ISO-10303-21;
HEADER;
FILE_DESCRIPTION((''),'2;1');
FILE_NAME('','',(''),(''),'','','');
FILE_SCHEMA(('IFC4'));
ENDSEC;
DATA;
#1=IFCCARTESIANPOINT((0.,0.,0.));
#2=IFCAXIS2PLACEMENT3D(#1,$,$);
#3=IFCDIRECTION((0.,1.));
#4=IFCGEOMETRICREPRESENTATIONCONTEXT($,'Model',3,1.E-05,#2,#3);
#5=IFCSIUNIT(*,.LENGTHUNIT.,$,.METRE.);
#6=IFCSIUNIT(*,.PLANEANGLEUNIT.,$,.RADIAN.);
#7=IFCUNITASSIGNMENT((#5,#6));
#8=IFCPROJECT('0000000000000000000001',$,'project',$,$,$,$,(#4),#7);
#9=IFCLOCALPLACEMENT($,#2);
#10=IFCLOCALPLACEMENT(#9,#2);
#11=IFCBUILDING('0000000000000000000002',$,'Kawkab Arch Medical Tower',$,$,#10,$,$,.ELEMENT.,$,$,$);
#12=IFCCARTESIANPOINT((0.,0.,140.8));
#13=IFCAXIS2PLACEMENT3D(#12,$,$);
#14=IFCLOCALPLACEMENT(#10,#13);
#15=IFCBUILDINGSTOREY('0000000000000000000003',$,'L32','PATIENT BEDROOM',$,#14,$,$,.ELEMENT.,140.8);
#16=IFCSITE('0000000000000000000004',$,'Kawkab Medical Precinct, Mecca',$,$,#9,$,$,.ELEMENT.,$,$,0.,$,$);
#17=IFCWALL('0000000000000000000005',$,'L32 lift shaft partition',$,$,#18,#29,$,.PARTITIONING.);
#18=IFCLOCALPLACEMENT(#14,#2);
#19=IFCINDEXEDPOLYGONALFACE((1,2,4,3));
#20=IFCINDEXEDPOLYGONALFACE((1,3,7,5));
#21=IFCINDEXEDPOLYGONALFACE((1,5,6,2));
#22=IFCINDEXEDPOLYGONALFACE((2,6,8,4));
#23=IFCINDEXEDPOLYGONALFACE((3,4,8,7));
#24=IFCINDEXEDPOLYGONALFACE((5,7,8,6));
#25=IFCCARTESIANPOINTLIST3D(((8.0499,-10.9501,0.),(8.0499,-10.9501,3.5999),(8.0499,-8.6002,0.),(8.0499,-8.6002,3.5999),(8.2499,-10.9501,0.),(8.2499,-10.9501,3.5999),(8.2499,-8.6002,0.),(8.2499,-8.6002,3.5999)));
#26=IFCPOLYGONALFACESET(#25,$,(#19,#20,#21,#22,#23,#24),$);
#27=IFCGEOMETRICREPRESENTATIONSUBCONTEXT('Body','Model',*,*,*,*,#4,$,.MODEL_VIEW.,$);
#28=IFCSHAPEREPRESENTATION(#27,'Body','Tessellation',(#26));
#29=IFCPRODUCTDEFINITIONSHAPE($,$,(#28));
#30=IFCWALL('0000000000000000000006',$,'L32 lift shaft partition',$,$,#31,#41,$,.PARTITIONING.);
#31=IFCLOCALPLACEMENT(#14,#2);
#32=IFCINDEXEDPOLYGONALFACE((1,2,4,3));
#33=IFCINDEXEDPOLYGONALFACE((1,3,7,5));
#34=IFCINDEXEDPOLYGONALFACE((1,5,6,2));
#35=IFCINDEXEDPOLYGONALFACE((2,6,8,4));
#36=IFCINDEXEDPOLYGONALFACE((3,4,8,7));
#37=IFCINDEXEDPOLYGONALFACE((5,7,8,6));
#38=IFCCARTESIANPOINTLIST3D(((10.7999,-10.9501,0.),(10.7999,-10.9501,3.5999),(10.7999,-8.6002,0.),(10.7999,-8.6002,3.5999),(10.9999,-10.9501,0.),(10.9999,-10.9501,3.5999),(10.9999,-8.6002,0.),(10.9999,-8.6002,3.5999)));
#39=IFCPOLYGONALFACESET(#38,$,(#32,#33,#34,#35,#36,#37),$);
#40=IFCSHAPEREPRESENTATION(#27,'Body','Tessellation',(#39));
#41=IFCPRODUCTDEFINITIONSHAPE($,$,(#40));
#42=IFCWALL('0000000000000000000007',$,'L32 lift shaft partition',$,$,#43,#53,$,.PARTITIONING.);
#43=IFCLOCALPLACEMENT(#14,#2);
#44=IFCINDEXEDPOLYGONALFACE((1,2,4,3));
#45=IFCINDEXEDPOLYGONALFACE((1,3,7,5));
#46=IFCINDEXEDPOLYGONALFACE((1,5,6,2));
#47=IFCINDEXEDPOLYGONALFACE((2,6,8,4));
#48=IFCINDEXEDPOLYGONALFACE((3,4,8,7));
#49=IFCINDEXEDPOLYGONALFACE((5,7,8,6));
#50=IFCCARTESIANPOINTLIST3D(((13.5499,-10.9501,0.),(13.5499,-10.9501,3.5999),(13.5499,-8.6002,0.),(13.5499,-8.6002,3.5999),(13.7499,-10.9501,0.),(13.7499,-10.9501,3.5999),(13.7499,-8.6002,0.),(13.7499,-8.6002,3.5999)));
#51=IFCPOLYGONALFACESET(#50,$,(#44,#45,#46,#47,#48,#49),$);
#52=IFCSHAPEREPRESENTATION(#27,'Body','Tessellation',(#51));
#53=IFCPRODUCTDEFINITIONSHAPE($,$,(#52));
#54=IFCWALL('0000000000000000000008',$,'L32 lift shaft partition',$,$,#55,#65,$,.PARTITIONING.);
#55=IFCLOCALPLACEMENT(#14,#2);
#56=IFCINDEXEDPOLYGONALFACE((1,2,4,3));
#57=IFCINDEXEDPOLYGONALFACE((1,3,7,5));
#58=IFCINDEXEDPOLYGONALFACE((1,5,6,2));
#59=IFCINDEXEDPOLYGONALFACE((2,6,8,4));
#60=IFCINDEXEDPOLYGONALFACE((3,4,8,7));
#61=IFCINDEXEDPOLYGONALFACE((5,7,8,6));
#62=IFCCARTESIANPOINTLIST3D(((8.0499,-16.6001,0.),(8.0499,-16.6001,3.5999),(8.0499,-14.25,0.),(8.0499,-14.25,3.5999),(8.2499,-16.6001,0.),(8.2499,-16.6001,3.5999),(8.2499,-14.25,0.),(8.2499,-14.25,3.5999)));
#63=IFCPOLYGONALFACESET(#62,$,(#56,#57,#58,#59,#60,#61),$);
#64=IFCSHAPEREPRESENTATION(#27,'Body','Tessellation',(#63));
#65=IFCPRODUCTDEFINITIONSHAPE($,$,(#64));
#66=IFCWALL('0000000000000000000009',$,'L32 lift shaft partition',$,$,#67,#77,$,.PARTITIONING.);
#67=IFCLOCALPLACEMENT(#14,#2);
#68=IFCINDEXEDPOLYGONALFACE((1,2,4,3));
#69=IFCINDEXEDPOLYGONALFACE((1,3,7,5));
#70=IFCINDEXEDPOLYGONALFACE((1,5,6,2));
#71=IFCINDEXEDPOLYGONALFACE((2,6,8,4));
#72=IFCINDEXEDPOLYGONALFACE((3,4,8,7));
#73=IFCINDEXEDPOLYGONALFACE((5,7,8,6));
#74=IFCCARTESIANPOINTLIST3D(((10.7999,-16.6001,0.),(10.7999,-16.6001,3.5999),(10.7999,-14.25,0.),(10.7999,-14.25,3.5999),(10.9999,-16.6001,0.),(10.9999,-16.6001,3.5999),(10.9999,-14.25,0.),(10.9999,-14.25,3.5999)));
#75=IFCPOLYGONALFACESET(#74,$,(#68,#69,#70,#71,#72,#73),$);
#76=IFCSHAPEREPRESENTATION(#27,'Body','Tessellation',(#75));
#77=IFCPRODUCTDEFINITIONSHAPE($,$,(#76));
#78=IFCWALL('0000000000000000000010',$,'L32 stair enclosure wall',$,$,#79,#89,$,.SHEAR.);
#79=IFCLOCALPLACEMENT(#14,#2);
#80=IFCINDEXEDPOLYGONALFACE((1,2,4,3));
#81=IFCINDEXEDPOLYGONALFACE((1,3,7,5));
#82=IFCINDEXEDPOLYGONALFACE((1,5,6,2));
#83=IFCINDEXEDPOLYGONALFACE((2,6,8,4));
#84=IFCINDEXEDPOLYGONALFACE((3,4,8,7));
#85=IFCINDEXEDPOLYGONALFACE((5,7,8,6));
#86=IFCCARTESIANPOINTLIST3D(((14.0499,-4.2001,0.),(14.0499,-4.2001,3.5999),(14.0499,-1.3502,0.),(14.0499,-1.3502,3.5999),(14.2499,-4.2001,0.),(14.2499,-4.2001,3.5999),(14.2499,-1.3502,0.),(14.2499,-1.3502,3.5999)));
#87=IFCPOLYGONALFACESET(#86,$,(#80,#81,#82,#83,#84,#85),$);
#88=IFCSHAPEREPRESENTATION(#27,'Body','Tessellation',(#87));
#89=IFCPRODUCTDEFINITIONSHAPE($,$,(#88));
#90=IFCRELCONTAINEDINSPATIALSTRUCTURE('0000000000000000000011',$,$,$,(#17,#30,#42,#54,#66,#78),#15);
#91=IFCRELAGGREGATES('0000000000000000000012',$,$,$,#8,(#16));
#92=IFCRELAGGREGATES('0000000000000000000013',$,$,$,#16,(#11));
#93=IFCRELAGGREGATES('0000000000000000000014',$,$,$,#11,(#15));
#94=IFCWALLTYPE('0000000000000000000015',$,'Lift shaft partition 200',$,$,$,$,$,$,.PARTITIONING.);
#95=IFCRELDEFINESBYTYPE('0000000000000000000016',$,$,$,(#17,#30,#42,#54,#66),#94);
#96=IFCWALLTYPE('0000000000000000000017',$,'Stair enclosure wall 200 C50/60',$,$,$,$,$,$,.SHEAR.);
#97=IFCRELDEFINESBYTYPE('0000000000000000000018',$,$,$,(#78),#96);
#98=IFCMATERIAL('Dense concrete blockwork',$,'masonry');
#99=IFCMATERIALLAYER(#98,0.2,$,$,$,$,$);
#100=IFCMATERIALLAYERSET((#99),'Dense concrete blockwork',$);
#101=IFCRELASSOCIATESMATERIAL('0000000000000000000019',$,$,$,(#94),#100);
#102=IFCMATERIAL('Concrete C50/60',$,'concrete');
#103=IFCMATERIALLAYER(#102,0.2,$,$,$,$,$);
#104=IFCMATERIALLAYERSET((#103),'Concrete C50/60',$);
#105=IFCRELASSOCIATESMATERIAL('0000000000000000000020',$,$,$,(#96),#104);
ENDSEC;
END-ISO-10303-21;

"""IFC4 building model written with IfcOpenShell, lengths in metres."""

from ifc_helpers import new_model, si_unit, direction, frame, frame_2d, origin, place, context, subcontext, project, spatial, rectangle, extrude, material, layer, layer_set, type_object, element, save


model = new_model("IFC4")

# Units and contexts
model_context = context("Model", 3, precision=1e-05, world=origin(), true_north=direction((0.0, 1.0)))
body_context = subcontext(model_context, "Body", "Model", "MODEL_VIEW")
ifc_project = project(units=[si_unit("LENGTHUNIT", "METRE"), si_unit("PLANEANGLEUNIT", "RADIAN")], contexts=[model_context])

# Site, building, storey
site_placement = place(None, origin())
site = spatial("IfcSite", under=ifc_project, at=site_placement, Name="Kawkab Medical Precinct, Mecca", CompositionType="ELEMENT", RefElevation=0.0)
building_placement = place(site_placement, origin())
building = spatial("IfcBuilding", under=site, at=building_placement, Name="Kawkab Arch Medical Tower", CompositionType="ELEMENT")
storey_placement = place(building_placement, frame((0.0, 0.0, 140.8)))
storey = spatial("IfcBuildingStorey", under=building, at=storey_placement, Name="L32", Description="PATIENT BEDROOM", CompositionType="ELEMENT", Elevation=140.8)

# Walls
ifc_material_1 = material(Name="Dense concrete blockwork", Category="masonry")
ifc_layer_1 = layer(ifc_material_1, 0.2)
ifc_layer_set_1 = layer_set([ifc_layer_1], Name="Dense concrete blockwork")
wall_type_1 = type_object("IfcWallType", Name="Lift shaft partition 200", PredefinedType="PARTITIONING", material=ifc_layer_set_1)
for number, where, z_axis, x_axis, name in (
    (1, (8.1499, -10.95, 0.0), (0.0, 0.0, 1.0), (0.0, 1.0, 0.0), "L32 lift shaft partition"),
    (2, (10.8999, -10.95, 0.0), (0.0, 0.0, 1.0), (0.0, 1.0, 0.0), "L32 lift shaft partition"),
    (3, (13.6499, -10.95, 0.0), (0.0, 0.0, 1.0), (0.0, 1.0, 0.0), "L32 lift shaft partition"),
):
    element("IfcWall", number, at=place(storey_placement, frame(where, z_axis=z_axis, x_axis=x_axis)), inside=storey, type_object=wall_type_1, Name=name, PredefinedType="PARTITIONING", context=body_context, shape_type="SweptSolid", body=[
        extrude(rectangle(XDim=2.3499, YDim=0.2, at=frame_2d((1.1748, 0.0))), origin(), (0.0, 0.0, 1.0), 3.5999),
    ])
for number, where, z_axis, x_axis, name in (
    (4, (8.1499, -16.6001, 0.0), (0.0, 0.0, 1.0), (0.0, 1.0, 0.0), "L32 lift shaft partition"),
    (5, (10.8999, -16.6001, 0.0), (0.0, 0.0, 1.0), (0.0, 1.0, 0.0), "L32 lift shaft partition"),
):
    element("IfcWall", number, at=place(storey_placement, frame(where, z_axis=z_axis, x_axis=x_axis)), inside=storey, type_object=wall_type_1, Name=name, PredefinedType="PARTITIONING", context=body_context, shape_type="SweptSolid", body=[
        extrude(rectangle(XDim=2.3501, YDim=0.2, at=frame_2d((1.175, 0.0))), origin(), (0.0, 0.0, 1.0), 3.5999),
    ])
ifc_material_2 = material(Name="Concrete C50/60", Category="concrete")
ifc_layer_2 = layer(ifc_material_2, 0.2)
ifc_layer_set_2 = layer_set([ifc_layer_2], Name="Concrete C50/60")
wall_type_2 = type_object("IfcWallType", Name="Stair enclosure wall 200 C50/60", PredefinedType="SHEAR", material=ifc_layer_set_2)
wall_1_placement = place(storey_placement, frame((14.1499, -4.2, 0.0), z_axis=(0.0, 0.0, 1.0), x_axis=(0.0, 1.0, 0.0)))
element("IfcWall", 6, at=wall_1_placement, inside=storey, type_object=wall_type_2, Name="L32 stair enclosure wall", PredefinedType="SHEAR", context=body_context, shape_type="SweptSolid", body=[
    extrude(rectangle(XDim=2.8499, YDim=0.2, at=frame_2d((1.4248, 0.0))), origin(), (0.0, 0.0, 1.0), 3.5999),
])

save(model, "model.ifc")
